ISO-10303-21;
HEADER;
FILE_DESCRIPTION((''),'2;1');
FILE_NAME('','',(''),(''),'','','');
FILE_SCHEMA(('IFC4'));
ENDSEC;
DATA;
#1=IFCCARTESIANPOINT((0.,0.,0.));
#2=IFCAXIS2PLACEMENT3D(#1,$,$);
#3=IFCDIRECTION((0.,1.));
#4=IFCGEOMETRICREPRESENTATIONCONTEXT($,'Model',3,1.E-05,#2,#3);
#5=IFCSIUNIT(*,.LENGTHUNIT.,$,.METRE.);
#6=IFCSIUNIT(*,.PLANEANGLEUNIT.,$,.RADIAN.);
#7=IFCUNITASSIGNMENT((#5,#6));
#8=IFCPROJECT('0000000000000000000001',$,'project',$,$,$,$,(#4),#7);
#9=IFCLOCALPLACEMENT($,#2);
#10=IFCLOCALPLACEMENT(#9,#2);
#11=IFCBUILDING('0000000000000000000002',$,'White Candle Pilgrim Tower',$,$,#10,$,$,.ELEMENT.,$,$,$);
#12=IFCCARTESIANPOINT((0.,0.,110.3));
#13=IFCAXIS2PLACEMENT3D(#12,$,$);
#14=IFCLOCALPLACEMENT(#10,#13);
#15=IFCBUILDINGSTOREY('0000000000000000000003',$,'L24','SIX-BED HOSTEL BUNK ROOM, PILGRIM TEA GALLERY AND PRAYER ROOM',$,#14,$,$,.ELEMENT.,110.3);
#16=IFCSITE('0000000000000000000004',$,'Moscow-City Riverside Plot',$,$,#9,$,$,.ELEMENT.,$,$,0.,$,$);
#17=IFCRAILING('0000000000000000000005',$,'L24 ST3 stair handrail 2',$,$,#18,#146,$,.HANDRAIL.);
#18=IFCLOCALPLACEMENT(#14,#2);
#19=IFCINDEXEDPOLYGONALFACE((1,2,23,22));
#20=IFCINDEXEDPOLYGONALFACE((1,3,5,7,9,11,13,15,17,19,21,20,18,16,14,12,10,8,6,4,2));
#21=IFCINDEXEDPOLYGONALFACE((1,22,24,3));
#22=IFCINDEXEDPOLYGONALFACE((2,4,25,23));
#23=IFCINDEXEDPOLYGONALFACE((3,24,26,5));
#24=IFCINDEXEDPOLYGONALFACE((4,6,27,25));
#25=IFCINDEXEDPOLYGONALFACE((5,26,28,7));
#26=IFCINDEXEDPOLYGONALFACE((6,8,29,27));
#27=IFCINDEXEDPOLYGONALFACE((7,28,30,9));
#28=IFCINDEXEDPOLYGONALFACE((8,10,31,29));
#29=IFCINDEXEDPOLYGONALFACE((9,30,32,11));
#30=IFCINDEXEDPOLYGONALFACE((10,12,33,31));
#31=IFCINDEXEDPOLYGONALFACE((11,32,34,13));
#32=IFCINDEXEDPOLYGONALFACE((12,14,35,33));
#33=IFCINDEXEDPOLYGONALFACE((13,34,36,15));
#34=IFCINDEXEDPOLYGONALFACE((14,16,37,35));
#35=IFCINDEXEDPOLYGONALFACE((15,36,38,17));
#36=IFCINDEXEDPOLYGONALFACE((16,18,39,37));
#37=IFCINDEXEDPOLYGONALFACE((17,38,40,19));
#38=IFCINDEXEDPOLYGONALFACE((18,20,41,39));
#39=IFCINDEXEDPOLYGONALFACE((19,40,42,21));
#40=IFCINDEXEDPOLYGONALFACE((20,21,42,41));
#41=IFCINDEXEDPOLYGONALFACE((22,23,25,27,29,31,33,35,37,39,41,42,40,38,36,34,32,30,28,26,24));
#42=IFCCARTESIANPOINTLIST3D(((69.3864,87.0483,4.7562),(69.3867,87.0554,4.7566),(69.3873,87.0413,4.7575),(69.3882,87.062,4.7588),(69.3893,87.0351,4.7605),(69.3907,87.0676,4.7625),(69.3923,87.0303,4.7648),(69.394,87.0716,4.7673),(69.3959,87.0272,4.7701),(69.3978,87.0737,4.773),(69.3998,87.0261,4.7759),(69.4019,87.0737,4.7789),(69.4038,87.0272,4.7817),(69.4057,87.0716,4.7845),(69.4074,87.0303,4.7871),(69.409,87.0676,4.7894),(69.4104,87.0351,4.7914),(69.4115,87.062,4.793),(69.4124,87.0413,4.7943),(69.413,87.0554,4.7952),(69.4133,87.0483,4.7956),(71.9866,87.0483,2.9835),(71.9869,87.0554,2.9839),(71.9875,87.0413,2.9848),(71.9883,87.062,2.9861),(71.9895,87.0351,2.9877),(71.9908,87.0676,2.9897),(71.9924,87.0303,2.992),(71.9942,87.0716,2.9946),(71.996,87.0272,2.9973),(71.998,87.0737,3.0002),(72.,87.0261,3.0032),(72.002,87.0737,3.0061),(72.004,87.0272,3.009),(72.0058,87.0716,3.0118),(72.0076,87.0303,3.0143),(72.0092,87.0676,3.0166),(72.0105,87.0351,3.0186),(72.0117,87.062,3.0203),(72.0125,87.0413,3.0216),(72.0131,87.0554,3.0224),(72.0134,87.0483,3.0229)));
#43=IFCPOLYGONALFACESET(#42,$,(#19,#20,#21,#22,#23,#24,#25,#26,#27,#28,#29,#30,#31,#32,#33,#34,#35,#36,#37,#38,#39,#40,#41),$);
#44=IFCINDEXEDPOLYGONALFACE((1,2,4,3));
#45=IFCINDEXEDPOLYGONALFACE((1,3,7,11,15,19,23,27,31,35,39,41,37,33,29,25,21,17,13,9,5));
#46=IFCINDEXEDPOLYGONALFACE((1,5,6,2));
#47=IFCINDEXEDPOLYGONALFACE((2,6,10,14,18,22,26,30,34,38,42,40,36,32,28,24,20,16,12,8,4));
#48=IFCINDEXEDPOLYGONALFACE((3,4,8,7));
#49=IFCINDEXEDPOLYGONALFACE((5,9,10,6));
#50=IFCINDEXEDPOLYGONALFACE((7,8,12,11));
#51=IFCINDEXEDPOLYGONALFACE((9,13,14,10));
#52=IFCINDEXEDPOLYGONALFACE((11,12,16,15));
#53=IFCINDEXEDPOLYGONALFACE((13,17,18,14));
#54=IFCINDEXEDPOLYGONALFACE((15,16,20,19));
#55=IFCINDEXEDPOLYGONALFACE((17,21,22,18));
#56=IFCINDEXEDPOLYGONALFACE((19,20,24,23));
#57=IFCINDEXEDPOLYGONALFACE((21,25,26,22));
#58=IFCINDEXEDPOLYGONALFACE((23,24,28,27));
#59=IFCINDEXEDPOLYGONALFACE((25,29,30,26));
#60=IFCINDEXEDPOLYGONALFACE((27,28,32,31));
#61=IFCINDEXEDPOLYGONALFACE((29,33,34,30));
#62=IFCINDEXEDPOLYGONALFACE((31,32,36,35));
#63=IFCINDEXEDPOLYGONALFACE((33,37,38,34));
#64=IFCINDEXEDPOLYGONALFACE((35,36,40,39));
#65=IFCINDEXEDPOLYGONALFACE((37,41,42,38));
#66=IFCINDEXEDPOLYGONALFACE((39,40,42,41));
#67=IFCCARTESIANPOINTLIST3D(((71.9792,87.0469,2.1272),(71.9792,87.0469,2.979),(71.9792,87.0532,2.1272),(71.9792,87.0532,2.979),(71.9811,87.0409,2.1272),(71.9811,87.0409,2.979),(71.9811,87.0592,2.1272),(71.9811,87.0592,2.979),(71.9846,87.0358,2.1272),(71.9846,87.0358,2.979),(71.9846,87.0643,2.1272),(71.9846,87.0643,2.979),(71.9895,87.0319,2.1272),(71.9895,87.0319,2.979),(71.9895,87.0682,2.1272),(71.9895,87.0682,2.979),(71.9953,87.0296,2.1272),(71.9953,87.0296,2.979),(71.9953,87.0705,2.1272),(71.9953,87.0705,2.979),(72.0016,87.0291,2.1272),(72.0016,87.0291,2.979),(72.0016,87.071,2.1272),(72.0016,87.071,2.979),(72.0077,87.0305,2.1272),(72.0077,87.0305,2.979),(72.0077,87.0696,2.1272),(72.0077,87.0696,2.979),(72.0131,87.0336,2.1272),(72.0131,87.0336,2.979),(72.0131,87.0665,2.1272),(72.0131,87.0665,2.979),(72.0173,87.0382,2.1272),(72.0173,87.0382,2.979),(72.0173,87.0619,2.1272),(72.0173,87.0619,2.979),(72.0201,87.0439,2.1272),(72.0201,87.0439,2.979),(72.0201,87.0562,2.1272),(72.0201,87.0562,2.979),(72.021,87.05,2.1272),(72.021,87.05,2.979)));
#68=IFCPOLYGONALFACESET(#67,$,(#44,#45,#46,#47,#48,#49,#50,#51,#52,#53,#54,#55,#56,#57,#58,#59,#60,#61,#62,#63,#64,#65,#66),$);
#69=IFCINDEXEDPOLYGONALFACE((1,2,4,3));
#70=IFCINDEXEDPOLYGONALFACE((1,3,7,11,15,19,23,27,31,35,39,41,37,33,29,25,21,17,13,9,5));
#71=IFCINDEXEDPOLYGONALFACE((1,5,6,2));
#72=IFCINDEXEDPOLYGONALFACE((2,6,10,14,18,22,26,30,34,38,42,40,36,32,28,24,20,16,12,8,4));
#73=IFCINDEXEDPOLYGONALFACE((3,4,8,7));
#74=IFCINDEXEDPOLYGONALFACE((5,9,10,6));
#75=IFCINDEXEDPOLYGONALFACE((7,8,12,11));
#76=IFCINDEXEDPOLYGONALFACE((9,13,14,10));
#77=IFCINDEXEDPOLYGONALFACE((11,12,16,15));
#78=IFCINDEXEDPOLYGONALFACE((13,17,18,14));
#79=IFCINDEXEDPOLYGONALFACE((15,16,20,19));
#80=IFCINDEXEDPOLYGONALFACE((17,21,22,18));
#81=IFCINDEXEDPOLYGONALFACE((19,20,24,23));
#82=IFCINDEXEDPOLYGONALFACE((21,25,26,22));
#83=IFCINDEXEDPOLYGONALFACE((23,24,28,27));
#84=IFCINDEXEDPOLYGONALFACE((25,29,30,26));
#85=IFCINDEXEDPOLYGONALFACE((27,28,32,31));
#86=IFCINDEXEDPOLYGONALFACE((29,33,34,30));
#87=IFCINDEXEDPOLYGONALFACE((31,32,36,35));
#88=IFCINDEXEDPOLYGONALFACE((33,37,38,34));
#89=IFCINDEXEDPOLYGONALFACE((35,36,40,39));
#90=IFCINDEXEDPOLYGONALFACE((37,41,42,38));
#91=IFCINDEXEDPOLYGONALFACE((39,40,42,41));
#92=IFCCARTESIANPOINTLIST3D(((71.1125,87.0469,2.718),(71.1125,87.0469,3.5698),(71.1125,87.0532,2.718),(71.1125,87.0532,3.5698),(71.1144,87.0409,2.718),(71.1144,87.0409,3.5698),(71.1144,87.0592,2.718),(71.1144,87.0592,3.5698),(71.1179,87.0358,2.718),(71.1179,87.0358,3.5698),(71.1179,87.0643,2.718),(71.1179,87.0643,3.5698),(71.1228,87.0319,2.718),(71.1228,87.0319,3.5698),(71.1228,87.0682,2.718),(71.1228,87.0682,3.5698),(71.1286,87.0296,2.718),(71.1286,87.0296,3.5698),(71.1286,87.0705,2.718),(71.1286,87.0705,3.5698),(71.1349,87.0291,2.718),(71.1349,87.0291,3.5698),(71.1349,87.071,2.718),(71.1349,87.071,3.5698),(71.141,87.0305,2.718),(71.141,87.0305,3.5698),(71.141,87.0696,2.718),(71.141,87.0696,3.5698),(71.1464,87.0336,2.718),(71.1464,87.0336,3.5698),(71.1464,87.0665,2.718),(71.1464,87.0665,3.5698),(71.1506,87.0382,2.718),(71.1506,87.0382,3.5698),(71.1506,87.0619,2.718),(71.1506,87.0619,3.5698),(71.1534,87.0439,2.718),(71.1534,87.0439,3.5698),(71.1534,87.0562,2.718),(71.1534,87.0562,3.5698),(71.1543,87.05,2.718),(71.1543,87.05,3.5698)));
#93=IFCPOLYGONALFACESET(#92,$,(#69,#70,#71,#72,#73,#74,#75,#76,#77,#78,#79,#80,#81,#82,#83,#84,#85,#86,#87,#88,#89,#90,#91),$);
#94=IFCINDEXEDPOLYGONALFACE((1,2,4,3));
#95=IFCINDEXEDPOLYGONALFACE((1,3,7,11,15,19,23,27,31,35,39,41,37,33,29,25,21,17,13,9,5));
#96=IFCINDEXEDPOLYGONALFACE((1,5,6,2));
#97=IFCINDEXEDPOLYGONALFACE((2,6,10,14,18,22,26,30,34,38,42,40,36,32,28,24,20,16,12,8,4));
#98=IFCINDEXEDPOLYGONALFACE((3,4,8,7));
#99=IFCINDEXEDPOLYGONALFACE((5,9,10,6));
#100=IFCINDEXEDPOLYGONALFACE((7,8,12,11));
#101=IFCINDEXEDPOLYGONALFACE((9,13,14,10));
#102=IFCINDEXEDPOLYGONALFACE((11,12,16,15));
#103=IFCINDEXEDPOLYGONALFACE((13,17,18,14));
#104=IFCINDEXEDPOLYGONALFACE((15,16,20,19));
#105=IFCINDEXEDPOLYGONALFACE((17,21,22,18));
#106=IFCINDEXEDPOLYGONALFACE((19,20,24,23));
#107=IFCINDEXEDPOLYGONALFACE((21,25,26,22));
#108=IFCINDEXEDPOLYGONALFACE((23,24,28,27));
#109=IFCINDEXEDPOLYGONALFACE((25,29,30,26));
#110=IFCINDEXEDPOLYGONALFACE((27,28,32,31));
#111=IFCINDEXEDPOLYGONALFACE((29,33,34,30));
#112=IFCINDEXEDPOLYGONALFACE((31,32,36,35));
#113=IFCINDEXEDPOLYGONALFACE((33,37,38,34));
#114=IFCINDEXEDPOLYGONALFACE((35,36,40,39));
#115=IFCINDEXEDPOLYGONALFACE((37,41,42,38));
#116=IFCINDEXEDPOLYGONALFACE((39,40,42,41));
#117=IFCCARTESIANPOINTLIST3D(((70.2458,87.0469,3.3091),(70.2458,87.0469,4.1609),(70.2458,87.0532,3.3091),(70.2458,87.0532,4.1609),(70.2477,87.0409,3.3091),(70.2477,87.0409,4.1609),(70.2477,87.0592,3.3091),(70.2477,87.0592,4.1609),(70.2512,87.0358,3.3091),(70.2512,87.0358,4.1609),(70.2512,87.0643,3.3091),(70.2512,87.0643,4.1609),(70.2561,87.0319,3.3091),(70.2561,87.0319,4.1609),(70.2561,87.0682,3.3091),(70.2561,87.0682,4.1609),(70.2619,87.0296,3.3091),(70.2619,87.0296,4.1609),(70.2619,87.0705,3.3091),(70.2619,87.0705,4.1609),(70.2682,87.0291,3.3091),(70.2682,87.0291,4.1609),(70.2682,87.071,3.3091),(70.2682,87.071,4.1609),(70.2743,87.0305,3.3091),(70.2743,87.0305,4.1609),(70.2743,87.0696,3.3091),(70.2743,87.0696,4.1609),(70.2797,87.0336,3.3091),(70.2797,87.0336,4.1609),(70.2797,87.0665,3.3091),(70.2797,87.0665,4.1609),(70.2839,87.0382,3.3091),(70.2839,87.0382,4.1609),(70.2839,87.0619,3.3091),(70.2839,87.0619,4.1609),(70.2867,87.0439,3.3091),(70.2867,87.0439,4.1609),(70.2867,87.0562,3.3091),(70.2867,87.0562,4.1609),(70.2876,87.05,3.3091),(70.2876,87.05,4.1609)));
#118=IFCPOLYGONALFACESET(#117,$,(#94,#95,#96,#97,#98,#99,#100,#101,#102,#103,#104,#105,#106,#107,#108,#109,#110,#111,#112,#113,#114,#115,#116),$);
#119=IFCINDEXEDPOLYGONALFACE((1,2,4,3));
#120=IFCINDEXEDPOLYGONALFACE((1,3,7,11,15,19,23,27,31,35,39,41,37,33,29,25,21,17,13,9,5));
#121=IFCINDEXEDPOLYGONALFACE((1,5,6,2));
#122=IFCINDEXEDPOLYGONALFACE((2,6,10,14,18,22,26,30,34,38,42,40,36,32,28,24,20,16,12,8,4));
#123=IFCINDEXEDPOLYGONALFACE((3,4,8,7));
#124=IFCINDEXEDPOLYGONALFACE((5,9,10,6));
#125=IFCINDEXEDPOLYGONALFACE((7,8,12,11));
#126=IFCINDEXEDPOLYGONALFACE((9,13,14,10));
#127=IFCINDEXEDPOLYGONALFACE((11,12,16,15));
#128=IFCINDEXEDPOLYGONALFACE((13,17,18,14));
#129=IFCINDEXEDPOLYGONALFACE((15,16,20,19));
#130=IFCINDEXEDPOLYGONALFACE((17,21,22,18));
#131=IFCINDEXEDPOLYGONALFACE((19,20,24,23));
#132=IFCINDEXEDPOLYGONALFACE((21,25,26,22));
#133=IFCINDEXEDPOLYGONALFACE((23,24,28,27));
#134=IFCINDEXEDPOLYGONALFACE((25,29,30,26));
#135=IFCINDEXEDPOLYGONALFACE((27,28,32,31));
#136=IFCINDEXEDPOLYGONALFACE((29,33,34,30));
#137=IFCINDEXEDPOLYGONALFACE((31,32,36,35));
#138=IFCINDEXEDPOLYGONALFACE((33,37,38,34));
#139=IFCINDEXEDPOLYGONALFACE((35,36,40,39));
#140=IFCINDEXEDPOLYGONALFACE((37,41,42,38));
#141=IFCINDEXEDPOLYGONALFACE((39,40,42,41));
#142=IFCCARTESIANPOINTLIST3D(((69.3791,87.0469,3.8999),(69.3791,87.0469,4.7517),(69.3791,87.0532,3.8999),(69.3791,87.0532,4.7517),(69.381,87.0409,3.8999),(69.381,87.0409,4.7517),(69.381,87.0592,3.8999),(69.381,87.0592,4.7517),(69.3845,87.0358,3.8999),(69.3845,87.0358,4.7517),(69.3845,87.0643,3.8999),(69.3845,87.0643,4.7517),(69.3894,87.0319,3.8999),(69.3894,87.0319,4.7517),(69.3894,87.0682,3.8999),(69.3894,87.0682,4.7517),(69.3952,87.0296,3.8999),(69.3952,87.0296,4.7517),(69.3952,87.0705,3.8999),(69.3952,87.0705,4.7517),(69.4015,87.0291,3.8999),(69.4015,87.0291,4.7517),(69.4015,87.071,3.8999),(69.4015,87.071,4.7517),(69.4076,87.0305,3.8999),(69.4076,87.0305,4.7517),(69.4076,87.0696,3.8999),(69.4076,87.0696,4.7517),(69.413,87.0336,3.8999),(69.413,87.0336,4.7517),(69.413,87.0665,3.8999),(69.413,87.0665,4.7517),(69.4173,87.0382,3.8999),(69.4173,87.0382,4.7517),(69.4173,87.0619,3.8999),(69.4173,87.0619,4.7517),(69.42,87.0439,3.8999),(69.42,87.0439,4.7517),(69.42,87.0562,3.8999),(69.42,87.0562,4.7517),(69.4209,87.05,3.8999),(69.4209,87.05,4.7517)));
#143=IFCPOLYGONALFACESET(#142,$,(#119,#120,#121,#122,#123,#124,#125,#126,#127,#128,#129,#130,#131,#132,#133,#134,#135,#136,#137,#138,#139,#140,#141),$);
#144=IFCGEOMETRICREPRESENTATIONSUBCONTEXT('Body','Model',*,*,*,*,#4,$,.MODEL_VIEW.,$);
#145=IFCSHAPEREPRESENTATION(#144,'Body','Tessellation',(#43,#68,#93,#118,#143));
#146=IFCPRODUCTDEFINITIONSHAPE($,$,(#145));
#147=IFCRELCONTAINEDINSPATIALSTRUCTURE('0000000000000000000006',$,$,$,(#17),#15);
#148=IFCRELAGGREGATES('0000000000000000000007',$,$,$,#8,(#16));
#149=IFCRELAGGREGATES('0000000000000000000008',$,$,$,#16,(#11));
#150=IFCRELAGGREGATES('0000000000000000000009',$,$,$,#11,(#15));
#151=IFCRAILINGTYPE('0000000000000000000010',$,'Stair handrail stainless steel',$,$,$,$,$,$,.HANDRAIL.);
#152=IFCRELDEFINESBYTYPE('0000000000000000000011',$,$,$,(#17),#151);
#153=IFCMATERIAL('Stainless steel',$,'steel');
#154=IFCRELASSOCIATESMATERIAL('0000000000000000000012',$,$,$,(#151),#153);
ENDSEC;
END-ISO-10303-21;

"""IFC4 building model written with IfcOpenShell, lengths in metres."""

from ifc_helpers import new_model, si_unit, direction, frame, origin, origin_2d, place, context, subcontext, project, spatial, circle, extrude, material, type_object, element, save


model = new_model("IFC4")

# Units and contexts
model_context = context("Model", 3, precision=1e-05, world=origin(), true_north=direction((0.0, 1.0)))
body_context = subcontext(model_context, "Body", "Model", "MODEL_VIEW")
ifc_project = project(units=[si_unit("LENGTHUNIT", "METRE"), si_unit("PLANEANGLEUNIT", "RADIAN")], contexts=[model_context])

# Site, building, storey
site_placement = place(None, origin())
site = spatial("IfcSite", under=ifc_project, at=site_placement, Name="Moscow-City Riverside Plot", CompositionType="ELEMENT", RefElevation=0.0)
building_placement = place(site_placement, origin())
building = spatial("IfcBuilding", under=site, at=building_placement, Name="White Candle Pilgrim Tower", CompositionType="ELEMENT")
storey_placement = place(building_placement, frame((0.0, 0.0, 110.3)))
storey = spatial("IfcBuildingStorey", under=building, at=storey_placement, Name="L24", Description="SIX-BED HOSTEL BUNK ROOM, PILGRIM TEA GALLERY AND PRAYER ROOM", CompositionType="ELEMENT", Elevation=110.3)

# Railing
ifc_material_1 = material(Name="Stainless steel", Category="steel")
railing_type_1 = type_object("IfcRailingType", Name="Stair handrail stainless steel", PredefinedType="HANDRAIL", material=ifc_material_1)
railing_1_placement = place(storey_placement, frame((72.0, 87.05, 2.1272)))
element("IfcRailing", 1, at=railing_1_placement, inside=storey, type_object=railing_type_1, Name="L24 ST3 stair handrail 2", PredefinedType="HANDRAIL", context=body_context, shape_type="SweptSolid", body=[
    extrude(circle(Radius=0.0239, at=origin_2d()), frame((0.0, 0.0, 0.876), z_axis=(-0.82624, 0.0, 0.563318), x_axis=(0.0, -1.0, 0.0)), (0.0, 0.0, 1.0), 3.147),
    extrude(circle(Radius=0.021, at=origin_2d()), origin(), (0.0, 0.0, 1.0), 0.8518),
    extrude(circle(Radius=0.021, at=origin_2d()), frame((-0.8667, 0.0, 0.5908)), (0.0, 0.0, 1.0), 0.8518),
    extrude(circle(Radius=0.021, at=origin_2d()), frame((-1.7334, 0.0, 1.1819)), (0.0, 0.0, 1.0), 0.8518),
    extrude(circle(Radius=0.021, at=origin_2d()), frame((-2.6001, 0.0, 1.7727)), (0.0, 0.0, 1.0), 0.8518),
])

save(model, "model.ifc")
